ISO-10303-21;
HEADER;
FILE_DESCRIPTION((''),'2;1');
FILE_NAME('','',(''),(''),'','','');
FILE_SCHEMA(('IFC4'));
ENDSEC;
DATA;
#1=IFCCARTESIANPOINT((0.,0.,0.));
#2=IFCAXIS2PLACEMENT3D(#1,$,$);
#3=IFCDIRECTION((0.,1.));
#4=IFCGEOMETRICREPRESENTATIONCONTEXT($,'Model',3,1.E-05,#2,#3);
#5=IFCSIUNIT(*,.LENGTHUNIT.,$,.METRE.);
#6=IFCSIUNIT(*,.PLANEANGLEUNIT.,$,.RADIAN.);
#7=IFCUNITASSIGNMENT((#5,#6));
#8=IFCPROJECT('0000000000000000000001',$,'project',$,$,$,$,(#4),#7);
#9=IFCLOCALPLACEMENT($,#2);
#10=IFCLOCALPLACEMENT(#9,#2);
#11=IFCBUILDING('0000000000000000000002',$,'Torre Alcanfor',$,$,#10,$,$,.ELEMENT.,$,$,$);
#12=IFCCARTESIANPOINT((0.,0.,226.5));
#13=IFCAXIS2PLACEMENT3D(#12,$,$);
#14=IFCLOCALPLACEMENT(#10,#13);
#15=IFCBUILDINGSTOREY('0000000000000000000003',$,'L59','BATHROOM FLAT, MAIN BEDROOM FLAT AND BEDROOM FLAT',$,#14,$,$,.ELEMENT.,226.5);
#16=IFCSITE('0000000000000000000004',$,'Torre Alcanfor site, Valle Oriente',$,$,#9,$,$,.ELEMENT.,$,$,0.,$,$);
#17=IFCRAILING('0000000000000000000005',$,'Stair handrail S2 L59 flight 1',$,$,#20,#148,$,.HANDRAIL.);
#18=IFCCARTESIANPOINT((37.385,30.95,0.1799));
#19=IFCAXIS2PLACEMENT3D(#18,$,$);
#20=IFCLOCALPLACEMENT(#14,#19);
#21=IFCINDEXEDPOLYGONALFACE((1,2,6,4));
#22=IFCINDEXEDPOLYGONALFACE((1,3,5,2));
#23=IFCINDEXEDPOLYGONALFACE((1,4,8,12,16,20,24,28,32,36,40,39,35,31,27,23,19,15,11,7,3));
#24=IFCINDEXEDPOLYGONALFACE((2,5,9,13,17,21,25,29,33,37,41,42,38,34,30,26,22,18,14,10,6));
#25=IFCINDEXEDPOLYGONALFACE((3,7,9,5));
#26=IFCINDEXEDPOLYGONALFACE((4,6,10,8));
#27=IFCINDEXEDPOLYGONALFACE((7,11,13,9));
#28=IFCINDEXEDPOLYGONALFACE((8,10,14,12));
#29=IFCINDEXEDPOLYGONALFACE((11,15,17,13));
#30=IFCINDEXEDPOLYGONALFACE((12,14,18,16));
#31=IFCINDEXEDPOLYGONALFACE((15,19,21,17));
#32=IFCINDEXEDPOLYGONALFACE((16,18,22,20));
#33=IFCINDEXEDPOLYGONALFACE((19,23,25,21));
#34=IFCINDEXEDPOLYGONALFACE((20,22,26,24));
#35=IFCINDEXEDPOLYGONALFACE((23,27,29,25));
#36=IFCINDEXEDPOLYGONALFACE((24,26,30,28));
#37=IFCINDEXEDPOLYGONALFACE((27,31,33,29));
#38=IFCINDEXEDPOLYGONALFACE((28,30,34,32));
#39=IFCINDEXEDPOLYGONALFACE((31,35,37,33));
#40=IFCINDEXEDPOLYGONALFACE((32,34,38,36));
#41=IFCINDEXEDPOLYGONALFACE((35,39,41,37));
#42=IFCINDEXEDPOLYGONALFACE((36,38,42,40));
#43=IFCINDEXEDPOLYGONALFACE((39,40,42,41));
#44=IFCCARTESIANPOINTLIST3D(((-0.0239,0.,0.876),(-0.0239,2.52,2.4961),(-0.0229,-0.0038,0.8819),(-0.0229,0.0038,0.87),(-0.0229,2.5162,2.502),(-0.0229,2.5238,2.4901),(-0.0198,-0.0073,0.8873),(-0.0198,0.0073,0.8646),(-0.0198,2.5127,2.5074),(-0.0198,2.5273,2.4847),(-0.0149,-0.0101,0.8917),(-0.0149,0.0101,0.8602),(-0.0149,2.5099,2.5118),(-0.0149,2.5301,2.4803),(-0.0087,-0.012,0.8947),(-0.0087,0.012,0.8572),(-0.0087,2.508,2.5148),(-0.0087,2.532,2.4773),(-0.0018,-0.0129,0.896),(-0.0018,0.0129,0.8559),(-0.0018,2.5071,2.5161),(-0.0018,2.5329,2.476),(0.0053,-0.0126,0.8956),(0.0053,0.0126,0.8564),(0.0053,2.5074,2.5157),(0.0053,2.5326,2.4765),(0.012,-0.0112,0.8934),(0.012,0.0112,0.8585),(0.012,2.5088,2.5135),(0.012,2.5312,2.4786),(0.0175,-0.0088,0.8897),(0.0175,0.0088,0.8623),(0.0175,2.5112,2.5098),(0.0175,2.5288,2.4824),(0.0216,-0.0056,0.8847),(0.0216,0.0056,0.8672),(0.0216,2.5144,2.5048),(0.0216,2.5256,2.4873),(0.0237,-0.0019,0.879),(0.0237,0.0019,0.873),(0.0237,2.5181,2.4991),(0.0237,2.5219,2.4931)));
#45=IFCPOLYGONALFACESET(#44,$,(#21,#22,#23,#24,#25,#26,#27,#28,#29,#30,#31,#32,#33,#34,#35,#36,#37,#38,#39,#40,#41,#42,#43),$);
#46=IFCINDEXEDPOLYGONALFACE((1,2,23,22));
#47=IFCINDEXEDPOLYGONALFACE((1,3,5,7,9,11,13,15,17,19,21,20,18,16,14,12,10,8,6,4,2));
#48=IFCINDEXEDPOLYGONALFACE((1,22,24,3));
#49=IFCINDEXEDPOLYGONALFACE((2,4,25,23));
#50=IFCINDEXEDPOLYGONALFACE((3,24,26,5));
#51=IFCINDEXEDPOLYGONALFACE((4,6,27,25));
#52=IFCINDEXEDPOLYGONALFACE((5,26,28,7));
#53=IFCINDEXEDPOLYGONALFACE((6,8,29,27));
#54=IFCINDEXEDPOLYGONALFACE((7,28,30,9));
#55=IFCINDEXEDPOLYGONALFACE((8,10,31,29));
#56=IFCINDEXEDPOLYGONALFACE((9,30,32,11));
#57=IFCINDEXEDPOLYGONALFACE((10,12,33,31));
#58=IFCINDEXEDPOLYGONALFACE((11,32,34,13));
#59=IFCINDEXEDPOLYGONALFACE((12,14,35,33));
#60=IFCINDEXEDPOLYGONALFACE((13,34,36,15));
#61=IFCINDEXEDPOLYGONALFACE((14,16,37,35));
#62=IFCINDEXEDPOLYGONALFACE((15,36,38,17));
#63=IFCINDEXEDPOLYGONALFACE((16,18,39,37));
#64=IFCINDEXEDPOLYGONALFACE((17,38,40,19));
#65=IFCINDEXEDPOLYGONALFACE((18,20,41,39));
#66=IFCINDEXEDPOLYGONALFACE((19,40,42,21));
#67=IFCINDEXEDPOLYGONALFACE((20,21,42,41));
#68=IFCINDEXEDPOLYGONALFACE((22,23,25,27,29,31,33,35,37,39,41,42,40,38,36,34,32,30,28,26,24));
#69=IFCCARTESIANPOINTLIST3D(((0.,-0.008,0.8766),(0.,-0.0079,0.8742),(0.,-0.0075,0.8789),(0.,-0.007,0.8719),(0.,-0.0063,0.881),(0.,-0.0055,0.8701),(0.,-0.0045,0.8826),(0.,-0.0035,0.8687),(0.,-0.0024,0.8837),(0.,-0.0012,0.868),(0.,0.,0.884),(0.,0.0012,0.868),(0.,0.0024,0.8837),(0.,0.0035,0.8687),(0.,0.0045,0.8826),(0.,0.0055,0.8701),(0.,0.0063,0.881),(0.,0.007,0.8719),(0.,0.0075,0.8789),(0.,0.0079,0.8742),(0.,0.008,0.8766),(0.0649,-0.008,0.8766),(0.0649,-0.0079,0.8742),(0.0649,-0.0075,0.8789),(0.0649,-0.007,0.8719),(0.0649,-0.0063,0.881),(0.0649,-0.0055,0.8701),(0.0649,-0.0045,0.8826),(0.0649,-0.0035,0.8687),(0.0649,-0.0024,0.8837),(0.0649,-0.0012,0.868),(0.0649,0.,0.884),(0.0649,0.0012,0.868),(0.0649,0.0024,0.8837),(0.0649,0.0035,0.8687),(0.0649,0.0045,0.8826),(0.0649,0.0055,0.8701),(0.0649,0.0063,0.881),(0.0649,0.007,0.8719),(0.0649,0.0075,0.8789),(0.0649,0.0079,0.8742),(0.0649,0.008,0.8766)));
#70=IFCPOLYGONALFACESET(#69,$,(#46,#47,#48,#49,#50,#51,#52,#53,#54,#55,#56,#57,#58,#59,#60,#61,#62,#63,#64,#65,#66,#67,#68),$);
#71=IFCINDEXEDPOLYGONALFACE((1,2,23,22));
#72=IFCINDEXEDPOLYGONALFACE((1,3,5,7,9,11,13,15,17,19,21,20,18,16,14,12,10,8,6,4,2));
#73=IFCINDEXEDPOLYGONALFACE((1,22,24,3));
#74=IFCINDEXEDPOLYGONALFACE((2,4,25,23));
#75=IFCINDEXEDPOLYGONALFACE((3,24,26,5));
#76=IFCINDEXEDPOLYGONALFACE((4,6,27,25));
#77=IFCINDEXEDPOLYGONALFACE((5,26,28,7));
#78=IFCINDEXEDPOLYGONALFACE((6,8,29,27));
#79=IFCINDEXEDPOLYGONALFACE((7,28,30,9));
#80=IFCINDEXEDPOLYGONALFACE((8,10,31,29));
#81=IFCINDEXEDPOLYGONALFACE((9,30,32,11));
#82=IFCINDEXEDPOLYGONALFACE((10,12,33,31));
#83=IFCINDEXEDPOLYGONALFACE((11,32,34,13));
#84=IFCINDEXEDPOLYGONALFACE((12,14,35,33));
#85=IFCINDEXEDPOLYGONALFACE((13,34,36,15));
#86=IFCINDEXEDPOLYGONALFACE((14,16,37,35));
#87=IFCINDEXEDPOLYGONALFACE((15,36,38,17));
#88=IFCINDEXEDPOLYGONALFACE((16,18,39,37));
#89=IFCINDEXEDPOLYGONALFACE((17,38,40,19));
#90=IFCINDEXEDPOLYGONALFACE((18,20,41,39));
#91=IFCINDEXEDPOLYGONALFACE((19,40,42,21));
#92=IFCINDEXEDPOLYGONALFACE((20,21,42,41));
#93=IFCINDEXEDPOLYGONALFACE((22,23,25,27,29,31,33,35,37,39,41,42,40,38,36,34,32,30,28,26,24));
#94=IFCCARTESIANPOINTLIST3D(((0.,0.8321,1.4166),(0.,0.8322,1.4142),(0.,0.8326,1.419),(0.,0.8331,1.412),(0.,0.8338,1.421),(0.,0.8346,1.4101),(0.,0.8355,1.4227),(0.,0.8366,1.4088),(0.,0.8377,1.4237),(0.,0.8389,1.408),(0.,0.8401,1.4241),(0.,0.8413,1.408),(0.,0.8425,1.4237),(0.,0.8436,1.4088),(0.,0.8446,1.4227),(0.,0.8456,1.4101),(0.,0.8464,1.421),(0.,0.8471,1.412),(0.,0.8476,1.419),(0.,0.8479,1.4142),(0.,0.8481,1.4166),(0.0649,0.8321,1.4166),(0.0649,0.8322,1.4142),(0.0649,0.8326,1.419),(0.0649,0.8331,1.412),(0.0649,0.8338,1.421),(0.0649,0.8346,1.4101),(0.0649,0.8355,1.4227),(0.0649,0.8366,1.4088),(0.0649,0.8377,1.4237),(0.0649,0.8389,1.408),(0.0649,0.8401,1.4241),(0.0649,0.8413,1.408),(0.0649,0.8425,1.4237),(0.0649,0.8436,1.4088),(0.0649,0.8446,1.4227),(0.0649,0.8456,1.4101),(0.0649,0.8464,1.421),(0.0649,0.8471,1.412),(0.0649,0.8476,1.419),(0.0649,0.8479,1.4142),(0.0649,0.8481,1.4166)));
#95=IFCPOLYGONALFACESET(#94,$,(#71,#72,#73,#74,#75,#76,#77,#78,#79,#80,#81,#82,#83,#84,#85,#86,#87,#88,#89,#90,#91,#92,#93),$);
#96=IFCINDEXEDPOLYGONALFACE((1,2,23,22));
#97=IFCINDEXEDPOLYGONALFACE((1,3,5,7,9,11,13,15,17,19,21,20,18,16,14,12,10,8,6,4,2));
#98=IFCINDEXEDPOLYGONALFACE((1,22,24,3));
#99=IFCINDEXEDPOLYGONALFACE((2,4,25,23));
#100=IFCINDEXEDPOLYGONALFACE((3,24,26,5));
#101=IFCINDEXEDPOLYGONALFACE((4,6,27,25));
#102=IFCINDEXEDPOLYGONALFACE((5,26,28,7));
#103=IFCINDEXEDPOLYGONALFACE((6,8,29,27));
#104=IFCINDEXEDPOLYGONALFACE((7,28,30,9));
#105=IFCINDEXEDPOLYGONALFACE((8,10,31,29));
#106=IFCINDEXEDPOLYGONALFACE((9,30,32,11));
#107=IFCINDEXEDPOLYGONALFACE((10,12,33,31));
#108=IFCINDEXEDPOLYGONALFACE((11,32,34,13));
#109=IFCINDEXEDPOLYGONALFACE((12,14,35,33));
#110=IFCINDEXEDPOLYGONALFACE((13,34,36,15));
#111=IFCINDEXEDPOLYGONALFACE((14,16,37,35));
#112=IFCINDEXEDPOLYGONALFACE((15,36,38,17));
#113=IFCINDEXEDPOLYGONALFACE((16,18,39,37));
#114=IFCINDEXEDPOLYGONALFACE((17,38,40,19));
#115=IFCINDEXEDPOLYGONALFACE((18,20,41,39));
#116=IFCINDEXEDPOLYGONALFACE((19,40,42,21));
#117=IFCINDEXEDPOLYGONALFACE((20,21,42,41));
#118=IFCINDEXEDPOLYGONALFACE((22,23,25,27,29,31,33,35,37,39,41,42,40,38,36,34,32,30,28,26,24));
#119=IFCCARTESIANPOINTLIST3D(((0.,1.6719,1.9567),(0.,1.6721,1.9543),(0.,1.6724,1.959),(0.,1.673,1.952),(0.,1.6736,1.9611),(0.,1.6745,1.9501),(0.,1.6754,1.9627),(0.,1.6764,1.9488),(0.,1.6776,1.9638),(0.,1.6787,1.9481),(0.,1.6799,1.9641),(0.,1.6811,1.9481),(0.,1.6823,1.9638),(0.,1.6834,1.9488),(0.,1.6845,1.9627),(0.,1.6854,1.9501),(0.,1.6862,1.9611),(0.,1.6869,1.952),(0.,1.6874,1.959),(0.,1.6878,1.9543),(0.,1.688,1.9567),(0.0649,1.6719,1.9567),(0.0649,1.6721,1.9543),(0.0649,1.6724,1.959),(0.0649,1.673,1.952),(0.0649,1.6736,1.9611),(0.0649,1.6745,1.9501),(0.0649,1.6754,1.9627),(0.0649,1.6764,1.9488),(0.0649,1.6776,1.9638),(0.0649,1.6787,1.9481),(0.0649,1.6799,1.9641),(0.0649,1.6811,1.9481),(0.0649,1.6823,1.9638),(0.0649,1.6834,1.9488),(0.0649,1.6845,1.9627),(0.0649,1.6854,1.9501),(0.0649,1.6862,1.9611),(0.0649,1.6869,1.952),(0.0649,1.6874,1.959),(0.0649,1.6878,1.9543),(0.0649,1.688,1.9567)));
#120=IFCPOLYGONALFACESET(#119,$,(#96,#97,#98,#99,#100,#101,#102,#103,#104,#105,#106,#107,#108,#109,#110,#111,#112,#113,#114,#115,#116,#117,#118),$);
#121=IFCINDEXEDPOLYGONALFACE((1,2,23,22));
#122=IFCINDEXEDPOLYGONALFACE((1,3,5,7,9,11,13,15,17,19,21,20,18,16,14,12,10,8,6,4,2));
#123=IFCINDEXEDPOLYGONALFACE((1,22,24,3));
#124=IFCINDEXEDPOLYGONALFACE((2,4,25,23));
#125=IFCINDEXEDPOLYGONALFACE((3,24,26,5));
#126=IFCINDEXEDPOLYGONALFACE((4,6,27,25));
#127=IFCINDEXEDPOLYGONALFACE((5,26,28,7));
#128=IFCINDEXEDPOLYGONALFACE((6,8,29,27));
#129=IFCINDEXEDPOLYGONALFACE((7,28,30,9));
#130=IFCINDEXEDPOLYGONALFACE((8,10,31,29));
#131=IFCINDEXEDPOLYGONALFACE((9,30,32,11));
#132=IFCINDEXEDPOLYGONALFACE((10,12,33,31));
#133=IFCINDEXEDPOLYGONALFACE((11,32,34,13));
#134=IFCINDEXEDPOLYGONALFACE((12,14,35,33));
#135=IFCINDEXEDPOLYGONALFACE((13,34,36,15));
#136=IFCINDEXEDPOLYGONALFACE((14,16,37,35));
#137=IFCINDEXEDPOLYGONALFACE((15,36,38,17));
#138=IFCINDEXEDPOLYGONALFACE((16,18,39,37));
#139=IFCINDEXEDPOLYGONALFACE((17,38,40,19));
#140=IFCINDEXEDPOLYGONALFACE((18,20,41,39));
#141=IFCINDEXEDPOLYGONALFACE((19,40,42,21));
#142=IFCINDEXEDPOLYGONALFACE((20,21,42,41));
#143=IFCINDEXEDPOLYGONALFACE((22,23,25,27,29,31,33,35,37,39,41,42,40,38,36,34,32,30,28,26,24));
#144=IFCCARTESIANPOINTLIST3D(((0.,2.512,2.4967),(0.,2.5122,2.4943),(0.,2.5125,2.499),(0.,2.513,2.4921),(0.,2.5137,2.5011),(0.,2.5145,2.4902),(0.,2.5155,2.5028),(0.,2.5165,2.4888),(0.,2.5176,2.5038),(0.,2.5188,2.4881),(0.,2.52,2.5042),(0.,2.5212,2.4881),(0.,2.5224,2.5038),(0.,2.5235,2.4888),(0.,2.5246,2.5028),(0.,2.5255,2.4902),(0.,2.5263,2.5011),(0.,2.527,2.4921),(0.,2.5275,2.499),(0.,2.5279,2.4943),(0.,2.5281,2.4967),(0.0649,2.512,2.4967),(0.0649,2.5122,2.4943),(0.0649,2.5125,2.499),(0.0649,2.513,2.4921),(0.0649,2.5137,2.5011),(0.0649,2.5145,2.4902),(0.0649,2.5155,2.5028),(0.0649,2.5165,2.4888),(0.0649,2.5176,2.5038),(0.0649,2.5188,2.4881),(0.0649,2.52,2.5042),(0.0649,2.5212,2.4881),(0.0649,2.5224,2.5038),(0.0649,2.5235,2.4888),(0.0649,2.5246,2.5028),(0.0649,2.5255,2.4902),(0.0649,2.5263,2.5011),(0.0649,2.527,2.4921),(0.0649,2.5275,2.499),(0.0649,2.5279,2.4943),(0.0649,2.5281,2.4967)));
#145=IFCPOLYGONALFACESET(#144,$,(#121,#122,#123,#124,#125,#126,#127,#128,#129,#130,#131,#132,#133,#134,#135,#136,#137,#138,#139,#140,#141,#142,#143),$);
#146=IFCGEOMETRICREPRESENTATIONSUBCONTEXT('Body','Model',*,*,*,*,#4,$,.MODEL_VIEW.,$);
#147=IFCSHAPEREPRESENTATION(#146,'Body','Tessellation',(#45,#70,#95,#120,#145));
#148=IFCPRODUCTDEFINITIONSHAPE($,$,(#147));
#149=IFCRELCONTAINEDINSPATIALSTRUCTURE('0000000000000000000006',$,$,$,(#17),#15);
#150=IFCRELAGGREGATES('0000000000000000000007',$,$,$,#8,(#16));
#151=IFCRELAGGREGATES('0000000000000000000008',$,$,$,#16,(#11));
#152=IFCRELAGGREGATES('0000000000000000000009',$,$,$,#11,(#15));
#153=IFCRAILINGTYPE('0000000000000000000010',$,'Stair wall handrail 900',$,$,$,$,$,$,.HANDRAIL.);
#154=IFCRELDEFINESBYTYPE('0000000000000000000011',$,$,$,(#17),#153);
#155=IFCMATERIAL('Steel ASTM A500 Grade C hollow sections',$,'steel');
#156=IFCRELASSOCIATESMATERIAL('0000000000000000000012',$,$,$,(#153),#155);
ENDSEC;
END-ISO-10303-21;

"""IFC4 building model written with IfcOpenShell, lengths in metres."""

from ifc_helpers import new_model, si_unit, direction, frame, origin, origin_2d, place, context, subcontext, project, spatial, circle, extrude, material, type_object, element, save


model = new_model("IFC4")

# Units and contexts
model_context = context("Model", 3, precision=1e-05, world=origin(), true_north=direction((0.0, 1.0)))
body_context = subcontext(model_context, "Body", "Model", "MODEL_VIEW")
ifc_project = project(units=[si_unit("LENGTHUNIT", "METRE"), si_unit("PLANEANGLEUNIT", "RADIAN")], contexts=[model_context])

# Site, building, storey
site_placement = place(None, origin())
site = spatial("IfcSite", under=ifc_project, at=site_placement, Name="Torre Alcanfor site, Valle Oriente", CompositionType="ELEMENT", RefElevation=0.0)
building_placement = place(site_placement, origin())
building = spatial("IfcBuilding", under=site, at=building_placement, Name="Torre Alcanfor", CompositionType="ELEMENT")
storey_placement = place(building_placement, frame((0.0, 0.0, 226.5)))
storey = spatial("IfcBuildingStorey", under=building, at=storey_placement, Name="L59", Description="BATHROOM FLAT, MAIN BEDROOM FLAT AND BEDROOM FLAT", CompositionType="ELEMENT", Elevation=226.5)

# Railing
ifc_material_1 = material(Name="Steel ASTM A500 Grade C hollow sections", Category="steel")
railing_type_1 = type_object("IfcRailingType", Name="Stair wall handrail 900", PredefinedType="HANDRAIL", material=ifc_material_1)
railing_1_placement = place(storey_placement, frame((37.385, 30.95, 0.1799)))
element("IfcRailing", 1, at=railing_1_placement, inside=storey, type_object=railing_type_1, Name="Stair handrail S2 L59 flight 1", PredefinedType="HANDRAIL", context=body_context, shape_type="SweptSolid", body=[
    extrude(circle(Radius=0.0239, at=origin_2d()), frame((0.0, 0.0, 0.876), z_axis=(0.0, 0.841163, 0.540782), x_axis=(-1.0, 0.0, 0.0)), (0.0, 0.0, 1.0), 2.9958),
    extrude(circle(Radius=0.0081, at=origin_2d()), frame((0.0, 0.0, 0.876), z_axis=(1.0, 0.0, 0.0), x_axis=(0.0, 0.0, 1.0)), (0.0, 0.0, 1.0), 0.0649),
    extrude(circle(Radius=0.0081, at=origin_2d()), frame((0.0, 0.8401, 1.416), z_axis=(1.0, 0.0, 0.0), x_axis=(0.0, 0.0, 1.0)), (0.0, 0.0, 1.0), 0.0649),
    extrude(circle(Radius=0.0081, at=origin_2d()), frame((0.0, 1.6799, 1.9561), z_axis=(1.0, 0.0, 0.0), x_axis=(0.0, 0.0, 1.0)), (0.0, 0.0, 1.0), 0.0649),
    extrude(circle(Radius=0.0081, at=origin_2d()), frame((0.0, 2.52, 2.4961), z_axis=(1.0, 0.0, 0.0), x_axis=(0.0, 0.0, 1.0)), (0.0, 0.0, 1.0), 0.0649),
])

save(model, "model.ifc")
